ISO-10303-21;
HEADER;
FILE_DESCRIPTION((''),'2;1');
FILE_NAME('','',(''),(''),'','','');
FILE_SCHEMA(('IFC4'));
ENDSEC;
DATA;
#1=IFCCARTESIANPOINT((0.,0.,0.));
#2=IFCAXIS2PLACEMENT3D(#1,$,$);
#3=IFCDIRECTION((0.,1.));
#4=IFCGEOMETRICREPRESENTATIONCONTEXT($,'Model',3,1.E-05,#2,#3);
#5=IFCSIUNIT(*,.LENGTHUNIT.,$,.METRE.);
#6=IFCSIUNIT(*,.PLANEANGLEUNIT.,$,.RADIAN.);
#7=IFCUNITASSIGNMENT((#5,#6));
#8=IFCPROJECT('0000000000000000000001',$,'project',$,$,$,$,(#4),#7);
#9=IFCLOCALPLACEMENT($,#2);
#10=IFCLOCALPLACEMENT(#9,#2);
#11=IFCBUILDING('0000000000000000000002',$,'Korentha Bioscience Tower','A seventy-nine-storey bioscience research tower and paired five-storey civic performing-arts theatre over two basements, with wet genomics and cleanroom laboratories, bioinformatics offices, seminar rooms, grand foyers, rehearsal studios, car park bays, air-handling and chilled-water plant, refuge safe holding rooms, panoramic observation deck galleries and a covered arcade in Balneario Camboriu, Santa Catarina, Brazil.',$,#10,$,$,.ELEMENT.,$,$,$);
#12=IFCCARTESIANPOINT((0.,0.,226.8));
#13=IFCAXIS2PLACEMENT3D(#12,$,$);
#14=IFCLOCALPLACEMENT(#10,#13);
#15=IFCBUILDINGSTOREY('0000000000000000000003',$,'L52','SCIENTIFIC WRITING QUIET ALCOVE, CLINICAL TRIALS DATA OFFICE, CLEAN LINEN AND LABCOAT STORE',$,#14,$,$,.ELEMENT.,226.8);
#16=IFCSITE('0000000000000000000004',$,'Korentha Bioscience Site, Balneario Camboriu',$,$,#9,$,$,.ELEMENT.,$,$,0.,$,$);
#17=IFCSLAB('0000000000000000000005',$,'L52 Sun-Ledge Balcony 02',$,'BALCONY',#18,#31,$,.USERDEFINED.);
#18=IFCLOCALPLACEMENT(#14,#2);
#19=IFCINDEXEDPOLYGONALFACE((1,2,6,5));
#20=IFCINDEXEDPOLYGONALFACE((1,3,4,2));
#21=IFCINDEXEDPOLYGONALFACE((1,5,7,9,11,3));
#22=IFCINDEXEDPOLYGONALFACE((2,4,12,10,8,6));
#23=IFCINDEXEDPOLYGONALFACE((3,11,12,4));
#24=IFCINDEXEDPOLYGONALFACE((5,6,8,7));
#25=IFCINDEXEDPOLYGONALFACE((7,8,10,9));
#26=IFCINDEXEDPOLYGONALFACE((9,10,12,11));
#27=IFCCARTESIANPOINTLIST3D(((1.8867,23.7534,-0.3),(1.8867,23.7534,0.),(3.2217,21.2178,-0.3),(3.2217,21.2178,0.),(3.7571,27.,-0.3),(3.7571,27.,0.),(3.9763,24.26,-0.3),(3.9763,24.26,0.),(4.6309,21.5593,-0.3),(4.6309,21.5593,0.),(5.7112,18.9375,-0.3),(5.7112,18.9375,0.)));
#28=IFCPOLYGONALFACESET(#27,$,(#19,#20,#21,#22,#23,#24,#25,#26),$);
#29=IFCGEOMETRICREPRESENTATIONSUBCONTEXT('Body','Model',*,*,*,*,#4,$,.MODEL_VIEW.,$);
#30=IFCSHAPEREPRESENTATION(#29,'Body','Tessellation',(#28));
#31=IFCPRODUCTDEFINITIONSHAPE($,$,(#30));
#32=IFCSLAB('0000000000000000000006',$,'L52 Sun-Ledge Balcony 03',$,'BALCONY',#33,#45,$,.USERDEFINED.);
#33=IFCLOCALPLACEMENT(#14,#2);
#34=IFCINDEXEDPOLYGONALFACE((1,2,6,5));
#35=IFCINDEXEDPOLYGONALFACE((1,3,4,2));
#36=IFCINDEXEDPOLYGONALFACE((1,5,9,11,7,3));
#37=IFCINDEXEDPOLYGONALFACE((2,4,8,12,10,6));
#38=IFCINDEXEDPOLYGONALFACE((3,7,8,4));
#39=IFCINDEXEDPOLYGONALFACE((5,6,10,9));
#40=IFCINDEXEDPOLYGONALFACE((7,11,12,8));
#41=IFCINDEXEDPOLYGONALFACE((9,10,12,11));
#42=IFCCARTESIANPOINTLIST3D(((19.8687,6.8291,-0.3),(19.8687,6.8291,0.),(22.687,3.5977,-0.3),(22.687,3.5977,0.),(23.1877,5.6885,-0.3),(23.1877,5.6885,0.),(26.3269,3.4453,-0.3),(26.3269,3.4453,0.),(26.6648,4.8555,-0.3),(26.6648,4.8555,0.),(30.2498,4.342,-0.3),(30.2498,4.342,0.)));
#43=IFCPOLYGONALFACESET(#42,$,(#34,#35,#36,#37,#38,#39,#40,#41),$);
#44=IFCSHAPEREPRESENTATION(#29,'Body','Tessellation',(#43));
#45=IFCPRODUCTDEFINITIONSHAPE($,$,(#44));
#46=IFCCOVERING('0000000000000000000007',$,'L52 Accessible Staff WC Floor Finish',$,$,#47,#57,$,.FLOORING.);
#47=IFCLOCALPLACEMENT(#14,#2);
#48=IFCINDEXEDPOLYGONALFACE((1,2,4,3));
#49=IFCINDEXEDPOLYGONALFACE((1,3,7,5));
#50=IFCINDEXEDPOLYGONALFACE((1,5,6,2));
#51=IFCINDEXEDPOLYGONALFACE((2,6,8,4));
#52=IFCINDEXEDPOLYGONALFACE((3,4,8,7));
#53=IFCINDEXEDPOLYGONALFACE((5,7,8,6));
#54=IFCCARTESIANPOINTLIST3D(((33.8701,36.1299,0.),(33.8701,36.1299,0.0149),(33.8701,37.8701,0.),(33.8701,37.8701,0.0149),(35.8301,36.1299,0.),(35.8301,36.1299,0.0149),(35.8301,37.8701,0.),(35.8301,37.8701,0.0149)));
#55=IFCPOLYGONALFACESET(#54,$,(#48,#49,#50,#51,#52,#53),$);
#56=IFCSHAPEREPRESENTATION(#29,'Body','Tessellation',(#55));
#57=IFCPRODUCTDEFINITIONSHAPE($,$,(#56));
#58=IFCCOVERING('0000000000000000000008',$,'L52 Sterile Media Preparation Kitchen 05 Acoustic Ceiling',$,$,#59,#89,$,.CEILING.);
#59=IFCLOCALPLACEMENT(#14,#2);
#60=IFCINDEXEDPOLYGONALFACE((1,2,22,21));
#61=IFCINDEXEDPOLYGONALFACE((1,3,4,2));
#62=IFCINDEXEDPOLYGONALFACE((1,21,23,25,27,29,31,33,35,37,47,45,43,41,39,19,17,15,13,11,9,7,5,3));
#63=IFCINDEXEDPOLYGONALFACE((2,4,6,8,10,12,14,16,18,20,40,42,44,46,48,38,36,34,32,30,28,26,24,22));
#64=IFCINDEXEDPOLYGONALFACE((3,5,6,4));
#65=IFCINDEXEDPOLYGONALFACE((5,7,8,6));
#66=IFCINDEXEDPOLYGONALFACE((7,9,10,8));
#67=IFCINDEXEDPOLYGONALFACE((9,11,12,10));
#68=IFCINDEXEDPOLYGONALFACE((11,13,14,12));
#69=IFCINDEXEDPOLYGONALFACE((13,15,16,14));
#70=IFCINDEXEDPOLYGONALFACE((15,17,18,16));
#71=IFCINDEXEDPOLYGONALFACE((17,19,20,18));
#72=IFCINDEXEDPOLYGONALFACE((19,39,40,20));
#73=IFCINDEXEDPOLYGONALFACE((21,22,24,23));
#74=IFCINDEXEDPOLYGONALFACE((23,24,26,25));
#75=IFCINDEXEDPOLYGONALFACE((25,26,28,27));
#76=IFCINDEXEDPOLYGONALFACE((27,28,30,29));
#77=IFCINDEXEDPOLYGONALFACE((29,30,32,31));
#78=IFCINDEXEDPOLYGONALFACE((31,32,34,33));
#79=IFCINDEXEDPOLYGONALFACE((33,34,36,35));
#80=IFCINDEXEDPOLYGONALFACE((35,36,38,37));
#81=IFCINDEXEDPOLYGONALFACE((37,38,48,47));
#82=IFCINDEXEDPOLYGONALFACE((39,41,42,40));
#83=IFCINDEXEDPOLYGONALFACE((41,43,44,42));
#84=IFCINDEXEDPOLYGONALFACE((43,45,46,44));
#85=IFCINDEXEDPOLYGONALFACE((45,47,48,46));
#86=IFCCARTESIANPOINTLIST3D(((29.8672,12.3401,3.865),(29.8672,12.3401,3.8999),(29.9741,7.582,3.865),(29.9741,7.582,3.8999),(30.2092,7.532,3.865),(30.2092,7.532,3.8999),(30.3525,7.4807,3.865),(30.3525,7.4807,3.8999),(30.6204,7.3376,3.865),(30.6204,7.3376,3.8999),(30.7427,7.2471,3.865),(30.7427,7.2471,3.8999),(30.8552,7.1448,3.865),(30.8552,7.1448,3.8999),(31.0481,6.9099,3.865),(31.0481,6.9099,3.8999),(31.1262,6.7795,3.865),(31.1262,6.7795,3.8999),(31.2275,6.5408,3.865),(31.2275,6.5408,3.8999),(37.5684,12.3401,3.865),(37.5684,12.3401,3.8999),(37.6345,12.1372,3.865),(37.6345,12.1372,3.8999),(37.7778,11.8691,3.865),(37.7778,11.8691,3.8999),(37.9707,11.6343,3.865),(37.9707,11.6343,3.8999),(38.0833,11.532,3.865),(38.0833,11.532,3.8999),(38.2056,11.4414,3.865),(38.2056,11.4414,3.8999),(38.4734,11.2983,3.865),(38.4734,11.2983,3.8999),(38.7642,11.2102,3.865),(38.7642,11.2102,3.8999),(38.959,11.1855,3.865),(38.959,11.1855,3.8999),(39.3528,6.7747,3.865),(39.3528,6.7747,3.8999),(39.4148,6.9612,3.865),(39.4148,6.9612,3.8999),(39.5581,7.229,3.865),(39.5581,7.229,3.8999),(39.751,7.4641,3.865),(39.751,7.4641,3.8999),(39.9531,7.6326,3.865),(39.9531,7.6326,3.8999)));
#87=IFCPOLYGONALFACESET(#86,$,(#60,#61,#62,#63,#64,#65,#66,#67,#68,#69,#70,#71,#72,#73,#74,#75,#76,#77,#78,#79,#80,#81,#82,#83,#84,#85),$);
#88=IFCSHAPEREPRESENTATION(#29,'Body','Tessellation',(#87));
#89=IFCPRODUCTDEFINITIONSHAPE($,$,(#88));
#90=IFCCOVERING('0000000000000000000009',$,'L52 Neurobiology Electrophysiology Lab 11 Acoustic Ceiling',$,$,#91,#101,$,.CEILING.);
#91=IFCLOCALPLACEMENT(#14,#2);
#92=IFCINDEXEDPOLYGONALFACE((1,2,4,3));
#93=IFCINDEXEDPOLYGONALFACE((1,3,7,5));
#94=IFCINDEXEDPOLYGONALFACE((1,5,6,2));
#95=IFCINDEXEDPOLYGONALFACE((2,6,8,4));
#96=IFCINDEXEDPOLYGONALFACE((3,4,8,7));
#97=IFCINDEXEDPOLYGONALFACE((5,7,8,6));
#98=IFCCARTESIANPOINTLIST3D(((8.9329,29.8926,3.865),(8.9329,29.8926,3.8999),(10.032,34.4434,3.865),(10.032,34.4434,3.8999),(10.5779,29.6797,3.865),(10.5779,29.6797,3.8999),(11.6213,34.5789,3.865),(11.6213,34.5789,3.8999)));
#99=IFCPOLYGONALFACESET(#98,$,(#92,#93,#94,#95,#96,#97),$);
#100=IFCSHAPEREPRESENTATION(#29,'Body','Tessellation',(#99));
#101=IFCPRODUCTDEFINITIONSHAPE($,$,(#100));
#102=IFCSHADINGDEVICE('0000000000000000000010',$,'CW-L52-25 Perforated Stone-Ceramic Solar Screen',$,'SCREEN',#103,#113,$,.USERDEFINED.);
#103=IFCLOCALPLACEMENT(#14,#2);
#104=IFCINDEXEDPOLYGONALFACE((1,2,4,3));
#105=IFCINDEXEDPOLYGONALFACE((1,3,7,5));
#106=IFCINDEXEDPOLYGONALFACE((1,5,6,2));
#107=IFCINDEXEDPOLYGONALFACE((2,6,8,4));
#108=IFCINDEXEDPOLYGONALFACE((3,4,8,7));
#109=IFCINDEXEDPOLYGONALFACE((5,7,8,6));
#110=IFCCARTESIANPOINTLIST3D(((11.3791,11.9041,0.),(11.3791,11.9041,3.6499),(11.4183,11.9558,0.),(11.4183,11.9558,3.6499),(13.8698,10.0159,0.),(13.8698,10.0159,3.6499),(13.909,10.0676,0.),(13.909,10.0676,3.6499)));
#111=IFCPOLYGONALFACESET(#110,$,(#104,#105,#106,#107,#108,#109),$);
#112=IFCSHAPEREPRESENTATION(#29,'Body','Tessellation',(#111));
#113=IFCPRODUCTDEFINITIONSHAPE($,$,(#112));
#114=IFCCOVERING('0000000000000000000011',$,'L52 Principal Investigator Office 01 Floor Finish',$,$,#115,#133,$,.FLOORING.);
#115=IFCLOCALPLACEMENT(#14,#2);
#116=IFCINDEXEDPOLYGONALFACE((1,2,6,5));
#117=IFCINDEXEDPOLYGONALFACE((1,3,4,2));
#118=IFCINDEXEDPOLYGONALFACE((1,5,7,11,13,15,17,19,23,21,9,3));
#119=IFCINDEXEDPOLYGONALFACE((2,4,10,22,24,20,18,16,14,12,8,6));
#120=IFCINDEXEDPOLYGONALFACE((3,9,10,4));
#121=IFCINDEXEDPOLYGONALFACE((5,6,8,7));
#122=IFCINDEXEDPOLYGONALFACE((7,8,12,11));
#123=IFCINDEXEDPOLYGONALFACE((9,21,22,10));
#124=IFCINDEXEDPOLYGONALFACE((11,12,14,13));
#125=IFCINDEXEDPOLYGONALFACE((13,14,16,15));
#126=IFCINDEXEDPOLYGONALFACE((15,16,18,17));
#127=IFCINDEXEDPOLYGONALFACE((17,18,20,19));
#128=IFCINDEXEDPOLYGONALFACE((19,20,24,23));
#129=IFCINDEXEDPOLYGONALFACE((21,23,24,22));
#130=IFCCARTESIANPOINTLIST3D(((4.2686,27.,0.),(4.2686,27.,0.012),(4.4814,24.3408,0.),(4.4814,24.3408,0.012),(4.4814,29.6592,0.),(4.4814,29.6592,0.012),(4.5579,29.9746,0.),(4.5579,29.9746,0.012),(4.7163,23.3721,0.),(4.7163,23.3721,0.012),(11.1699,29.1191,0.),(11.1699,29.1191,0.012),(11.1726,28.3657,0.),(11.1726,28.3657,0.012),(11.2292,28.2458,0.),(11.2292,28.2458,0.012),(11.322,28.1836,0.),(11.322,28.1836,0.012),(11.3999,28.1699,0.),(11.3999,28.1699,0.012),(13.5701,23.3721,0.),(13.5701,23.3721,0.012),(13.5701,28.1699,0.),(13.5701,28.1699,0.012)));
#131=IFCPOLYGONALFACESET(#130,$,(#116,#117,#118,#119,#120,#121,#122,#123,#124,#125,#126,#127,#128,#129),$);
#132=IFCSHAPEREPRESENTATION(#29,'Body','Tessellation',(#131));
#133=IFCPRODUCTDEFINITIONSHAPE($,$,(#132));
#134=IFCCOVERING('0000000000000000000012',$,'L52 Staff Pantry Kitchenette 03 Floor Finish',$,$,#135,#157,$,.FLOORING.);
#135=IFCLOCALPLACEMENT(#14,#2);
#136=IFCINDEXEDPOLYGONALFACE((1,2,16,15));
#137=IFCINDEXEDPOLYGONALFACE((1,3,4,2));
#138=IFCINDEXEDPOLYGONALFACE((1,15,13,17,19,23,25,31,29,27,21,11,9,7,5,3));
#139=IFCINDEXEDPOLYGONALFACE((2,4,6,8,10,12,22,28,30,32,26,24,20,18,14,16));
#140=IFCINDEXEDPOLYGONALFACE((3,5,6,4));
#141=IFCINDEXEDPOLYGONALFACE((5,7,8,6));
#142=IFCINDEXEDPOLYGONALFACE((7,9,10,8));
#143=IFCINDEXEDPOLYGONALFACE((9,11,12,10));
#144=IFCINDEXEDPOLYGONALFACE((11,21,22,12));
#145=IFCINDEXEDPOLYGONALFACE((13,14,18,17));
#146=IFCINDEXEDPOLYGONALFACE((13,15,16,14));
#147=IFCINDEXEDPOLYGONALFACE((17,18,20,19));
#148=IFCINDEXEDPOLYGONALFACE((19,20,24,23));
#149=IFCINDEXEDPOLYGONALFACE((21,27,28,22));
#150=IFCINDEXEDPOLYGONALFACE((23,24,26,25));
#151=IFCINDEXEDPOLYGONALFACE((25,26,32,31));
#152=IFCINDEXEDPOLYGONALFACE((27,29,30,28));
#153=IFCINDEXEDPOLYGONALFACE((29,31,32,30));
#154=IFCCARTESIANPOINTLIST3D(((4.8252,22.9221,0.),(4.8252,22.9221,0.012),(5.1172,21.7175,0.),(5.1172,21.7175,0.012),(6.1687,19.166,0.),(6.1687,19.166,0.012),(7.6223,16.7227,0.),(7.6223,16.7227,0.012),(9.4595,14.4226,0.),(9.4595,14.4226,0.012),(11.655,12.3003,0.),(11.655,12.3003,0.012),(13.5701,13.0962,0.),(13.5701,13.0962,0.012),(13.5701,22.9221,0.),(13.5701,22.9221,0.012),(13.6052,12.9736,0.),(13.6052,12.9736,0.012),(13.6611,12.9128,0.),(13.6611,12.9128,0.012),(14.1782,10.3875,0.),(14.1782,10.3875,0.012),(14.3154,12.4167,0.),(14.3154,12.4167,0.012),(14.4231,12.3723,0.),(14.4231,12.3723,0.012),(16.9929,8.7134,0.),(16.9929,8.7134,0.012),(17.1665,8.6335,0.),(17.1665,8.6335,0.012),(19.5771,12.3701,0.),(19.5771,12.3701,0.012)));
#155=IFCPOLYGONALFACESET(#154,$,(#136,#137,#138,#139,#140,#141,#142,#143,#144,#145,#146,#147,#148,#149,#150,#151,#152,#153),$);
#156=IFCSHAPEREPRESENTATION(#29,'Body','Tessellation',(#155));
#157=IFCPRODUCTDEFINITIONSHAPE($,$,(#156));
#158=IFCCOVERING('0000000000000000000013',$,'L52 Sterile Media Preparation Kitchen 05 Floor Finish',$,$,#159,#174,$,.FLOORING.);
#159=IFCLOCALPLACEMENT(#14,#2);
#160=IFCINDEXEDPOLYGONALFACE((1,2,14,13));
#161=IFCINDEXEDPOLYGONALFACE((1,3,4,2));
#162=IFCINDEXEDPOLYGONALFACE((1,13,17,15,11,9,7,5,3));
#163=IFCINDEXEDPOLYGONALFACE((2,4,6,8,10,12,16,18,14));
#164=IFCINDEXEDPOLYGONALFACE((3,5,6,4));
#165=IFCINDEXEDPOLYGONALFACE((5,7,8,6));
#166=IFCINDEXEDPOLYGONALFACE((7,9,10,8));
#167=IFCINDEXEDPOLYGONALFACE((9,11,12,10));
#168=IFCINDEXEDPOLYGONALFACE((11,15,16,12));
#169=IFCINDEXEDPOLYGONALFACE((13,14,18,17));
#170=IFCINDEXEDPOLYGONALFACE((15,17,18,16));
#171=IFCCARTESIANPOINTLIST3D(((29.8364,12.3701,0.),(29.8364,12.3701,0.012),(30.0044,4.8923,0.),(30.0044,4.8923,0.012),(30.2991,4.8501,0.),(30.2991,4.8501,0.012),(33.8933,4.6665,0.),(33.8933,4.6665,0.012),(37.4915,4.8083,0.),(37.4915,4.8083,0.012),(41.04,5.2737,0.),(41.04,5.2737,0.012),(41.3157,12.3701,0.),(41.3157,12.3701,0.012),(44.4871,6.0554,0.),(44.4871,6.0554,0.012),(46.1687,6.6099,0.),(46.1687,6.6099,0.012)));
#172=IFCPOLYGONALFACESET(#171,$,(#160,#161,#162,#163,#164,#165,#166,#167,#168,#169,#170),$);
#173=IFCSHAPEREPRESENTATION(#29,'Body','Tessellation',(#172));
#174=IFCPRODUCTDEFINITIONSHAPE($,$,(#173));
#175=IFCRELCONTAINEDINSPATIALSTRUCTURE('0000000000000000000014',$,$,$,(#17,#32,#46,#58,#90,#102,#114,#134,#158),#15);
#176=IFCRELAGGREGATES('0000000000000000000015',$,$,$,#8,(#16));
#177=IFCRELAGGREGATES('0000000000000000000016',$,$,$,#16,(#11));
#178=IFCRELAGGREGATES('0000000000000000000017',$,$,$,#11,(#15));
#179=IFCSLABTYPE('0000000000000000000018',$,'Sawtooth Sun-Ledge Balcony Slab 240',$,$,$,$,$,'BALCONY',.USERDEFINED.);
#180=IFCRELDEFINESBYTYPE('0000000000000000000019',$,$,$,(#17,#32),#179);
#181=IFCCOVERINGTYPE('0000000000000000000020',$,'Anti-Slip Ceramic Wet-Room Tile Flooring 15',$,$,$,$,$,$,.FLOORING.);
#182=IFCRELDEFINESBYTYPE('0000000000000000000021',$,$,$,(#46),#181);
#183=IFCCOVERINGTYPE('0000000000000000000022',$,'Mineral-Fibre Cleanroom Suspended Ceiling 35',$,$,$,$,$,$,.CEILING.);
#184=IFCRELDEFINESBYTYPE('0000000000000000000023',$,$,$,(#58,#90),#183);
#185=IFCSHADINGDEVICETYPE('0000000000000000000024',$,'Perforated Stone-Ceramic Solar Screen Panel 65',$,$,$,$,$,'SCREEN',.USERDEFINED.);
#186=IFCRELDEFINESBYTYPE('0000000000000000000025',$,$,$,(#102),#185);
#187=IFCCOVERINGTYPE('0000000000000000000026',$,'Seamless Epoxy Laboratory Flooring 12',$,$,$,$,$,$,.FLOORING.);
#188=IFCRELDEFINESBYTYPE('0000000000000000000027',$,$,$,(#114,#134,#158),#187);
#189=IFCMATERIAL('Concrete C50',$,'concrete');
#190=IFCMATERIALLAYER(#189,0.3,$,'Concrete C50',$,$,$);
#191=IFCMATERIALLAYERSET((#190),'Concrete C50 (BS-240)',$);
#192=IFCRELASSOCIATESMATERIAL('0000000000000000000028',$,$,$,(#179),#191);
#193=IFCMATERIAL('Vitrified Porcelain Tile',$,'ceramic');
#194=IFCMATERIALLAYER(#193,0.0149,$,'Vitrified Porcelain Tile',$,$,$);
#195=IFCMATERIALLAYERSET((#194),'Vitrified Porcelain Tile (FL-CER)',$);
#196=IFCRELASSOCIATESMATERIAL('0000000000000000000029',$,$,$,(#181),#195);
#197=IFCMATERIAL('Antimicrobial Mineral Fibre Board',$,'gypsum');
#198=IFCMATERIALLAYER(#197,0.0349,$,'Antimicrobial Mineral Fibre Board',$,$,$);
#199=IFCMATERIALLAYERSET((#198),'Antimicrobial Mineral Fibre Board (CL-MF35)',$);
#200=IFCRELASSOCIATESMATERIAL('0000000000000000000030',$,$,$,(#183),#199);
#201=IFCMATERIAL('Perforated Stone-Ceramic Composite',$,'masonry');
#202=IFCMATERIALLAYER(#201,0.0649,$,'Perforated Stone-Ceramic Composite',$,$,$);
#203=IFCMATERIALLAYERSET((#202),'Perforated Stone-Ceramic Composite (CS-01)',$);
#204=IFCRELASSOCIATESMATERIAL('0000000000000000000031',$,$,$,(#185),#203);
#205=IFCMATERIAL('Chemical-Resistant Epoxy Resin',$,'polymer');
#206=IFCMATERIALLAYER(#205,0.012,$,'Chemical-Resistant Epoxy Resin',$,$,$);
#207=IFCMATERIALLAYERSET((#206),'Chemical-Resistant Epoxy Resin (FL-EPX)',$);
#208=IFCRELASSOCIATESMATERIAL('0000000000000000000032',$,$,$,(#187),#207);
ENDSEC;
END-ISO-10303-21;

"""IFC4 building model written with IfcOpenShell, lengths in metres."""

from ifc_helpers import new_model, si_unit, direction, frame, origin, origin_2d, place, context, subcontext, project, spatial, polyline, rectangle, outline, extrude, material, layer, layer_set, type_object, element, save


model = new_model("IFC4")

# Units and contexts
model_context = context("Model", 3, precision=1e-05, world=origin(), true_north=direction((0.0, 1.0)))
body_context = subcontext(model_context, "Body", "Model", "MODEL_VIEW")
ifc_project = project(units=[si_unit("LENGTHUNIT", "METRE"), si_unit("PLANEANGLEUNIT", "RADIAN")], contexts=[model_context])

# Site, building, storey
site_placement = place(None, origin())
site = spatial("IfcSite", under=ifc_project, at=site_placement, Name="Korentha Bioscience Site, Balneario Camboriu", CompositionType="ELEMENT", RefElevation=0.0)
building_placement = place(site_placement, origin())
building = spatial("IfcBuilding", under=site, at=building_placement, Name="Korentha Bioscience Tower", Description="A seventy-nine-storey bioscience research tower and paired five-storey civic performing-arts theatre over two basements, with wet genomics and cleanroom laboratories, bioinformatics offices, seminar rooms, grand foyers, rehearsal studios, car park bays, air-handling and chilled-water plant, refuge safe holding rooms, panoramic observation deck galleries and a covered arcade in Balneario Camboriu, Santa Catarina, Brazil.", CompositionType="ELEMENT")
storey_placement = place(building_placement, frame((0.0, 0.0, 226.8)))
storey = spatial("IfcBuildingStorey", under=building, at=storey_placement, Name="L52", Description="SCIENTIFIC WRITING QUIET ALCOVE, CLINICAL TRIALS DATA OFFICE, CLEAN LINEN AND LABCOAT STORE", CompositionType="ELEMENT", Elevation=226.8)

# Shared definitions
ifc_material_1 = material(Name="Concrete C50", Category="concrete")

# Slabs
ifc_layer_1 = layer(ifc_material_1, 0.3, Name="Concrete C50")
ifc_layer_set_1 = layer_set([ifc_layer_1], Name="Concrete C50 (BS-240)")
slab_type_1 = type_object("IfcSlabType", Name="Sawtooth Sun-Ledge Balcony Slab 240", ElementType="BALCONY", PredefinedType="USERDEFINED", material=ifc_layer_set_1)
slab_1_placement = place(storey_placement, frame((0.0, 0.0, -0.3)))
element("IfcSlab", 1, at=slab_1_placement, inside=storey, type_object=slab_type_1, Name="L52 Sun-Ledge Balcony 02", ObjectType="BALCONY", PredefinedType="USERDEFINED", context=body_context, shape_type="SweptSolid", body=[
    extrude(outline(polyline([(5.7112, 18.9375), (4.6309, 21.5593), (3.9763, 24.26), (3.7571, 27.0), (1.8867, 23.7534), (3.2217, 21.2178), (5.7112, 18.9375)])), origin(), (0.0, 0.0, 1.0), 0.3),
])
slab_2_placement = place(storey_placement, frame((0.0, 0.0, -0.3)))
element("IfcSlab", 2, at=slab_2_placement, inside=storey, type_object=slab_type_1, Name="L52 Sun-Ledge Balcony 03", ObjectType="BALCONY", PredefinedType="USERDEFINED", context=body_context, shape_type="SweptSolid", body=[
    extrude(outline(polyline([(30.2498, 4.342), (26.6648, 4.8555), (23.1877, 5.6885), (19.8687, 6.8291), (22.687, 3.5977), (26.3269, 3.4453), (30.2498, 4.342)])), origin(), (0.0, 0.0, 1.0), 0.3),
])

# Coverings
ifc_material_2 = material(Name="Vitrified Porcelain Tile", Category="ceramic")
ifc_layer_2 = layer(ifc_material_2, 0.0149, Name="Vitrified Porcelain Tile")
ifc_layer_set_2 = layer_set([ifc_layer_2], Name="Vitrified Porcelain Tile (FL-CER)")
covering_type_1 = type_object("IfcCoveringType", Name="Anti-Slip Ceramic Wet-Room Tile Flooring 15", PredefinedType="FLOORING", material=ifc_layer_set_2)
covering_1_placement = place(storey_placement, origin())
element("IfcCovering", 3, at=covering_1_placement, inside=storey, type_object=covering_type_1, Name="L52 Accessible Staff WC Floor Finish", PredefinedType="FLOORING", context=body_context, shape_type="SweptSolid", body=[
    extrude(outline(polyline([(33.8701, 36.1299), (33.8701, 37.8701), (35.8301, 37.8701), (35.8301, 36.1299), (33.8701, 36.1299)])), origin(), (0.0, 0.0, 1.0), 0.0149),
])
ifc_material_3 = material(Name="Antimicrobial Mineral Fibre Board", Category="gypsum")
ifc_layer_3 = layer(ifc_material_3, 0.0349, Name="Antimicrobial Mineral Fibre Board")
ifc_layer_set_3 = layer_set([ifc_layer_3], Name="Antimicrobial Mineral Fibre Board (CL-MF35)")
covering_type_2 = type_object("IfcCoveringType", Name="Mineral-Fibre Cleanroom Suspended Ceiling 35", PredefinedType="CEILING", material=ifc_layer_set_3)
covering_2_placement = place(storey_placement, frame((0.0, 0.0, 3.865)))
element("IfcCovering", 4, at=covering_2_placement, inside=storey, type_object=covering_type_2, Name="L52 Sterile Media Preparation Kitchen 05 Acoustic Ceiling", PredefinedType="CEILING", context=body_context, shape_type="SweptSolid", body=[
    extrude(outline(polyline([(39.9531, 7.6326), (39.751, 7.4641), (39.5581, 7.229), (39.4148, 6.9612), (39.3528, 6.7747), (31.2275, 6.5408), (31.1262, 6.7795), (31.0481, 6.9099), (30.8552, 7.1448), (30.7427, 7.2471), (30.6204, 7.3376), (30.3525, 7.4807), (30.2092, 7.532), (29.9741, 7.582), (29.8672, 12.3401), (37.5684, 12.3401), (37.6345, 12.1372), (37.7778, 11.8691), (37.9707, 11.6343), (38.0833, 11.532), (38.2056, 11.4414), (38.4734, 11.2983), (38.7642, 11.2102), (38.959, 11.1855), (39.9531, 7.6326)])), origin(), (0.0, 0.0, 1.0), 0.0349),
])
covering_3_placement = place(storey_placement, frame((0.0, 0.0, 3.865)))
element("IfcCovering", 5, at=covering_3_placement, inside=storey, type_object=covering_type_2, Name="L52 Neurobiology Electrophysiology Lab 11 Acoustic Ceiling", PredefinedType="CEILING", context=body_context, shape_type="SweptSolid", body=[
    extrude(outline(polyline([(10.032, 34.4434), (11.6213, 34.5789), (10.5779, 29.6797), (8.9329, 29.8926), (10.032, 34.4434)])), origin(), (0.0, 0.0, 1.0), 0.0349),
])

# Shading device
ifc_material_4 = material(Name="Perforated Stone-Ceramic Composite", Category="masonry")
ifc_layer_4 = layer(ifc_material_4, 0.0649, Name="Perforated Stone-Ceramic Composite")
ifc_layer_set_4 = layer_set([ifc_layer_4], Name="Perforated Stone-Ceramic Composite (CS-01)")
shading_device_type_1 = type_object("IfcShadingDeviceType", Name="Perforated Stone-Ceramic Solar Screen Panel 65", ElementType="SCREEN", PredefinedType="USERDEFINED", material=ifc_layer_set_4)
shading_device_1_placement = place(storey_placement, frame((12.644, 10.9858, 0.0), z_axis=(0.0, 0.0, 1.0), x_axis=(0.796889, -0.604126, 0.0)))
element("IfcShadingDevice", 6, at=shading_device_1_placement, inside=storey, type_object=shading_device_type_1, Name="CW-L52-25 Perforated Stone-Ceramic Solar Screen", ObjectType="SCREEN", PredefinedType="USERDEFINED", context=body_context, shape_type="SweptSolid", body=[
    extrude(rectangle(XDim=3.1255, YDim=0.0649, at=origin_2d()), origin(), (0.0, 0.0, 1.0), 3.6499),
])

# Coverings
ifc_material_5 = material(Name="Chemical-Resistant Epoxy Resin", Category="polymer")
ifc_layer_5 = layer(ifc_material_5, 0.012, Name="Chemical-Resistant Epoxy Resin")
ifc_layer_set_5 = layer_set([ifc_layer_5], Name="Chemical-Resistant Epoxy Resin (FL-EPX)")
covering_type_3 = type_object("IfcCoveringType", Name="Seamless Epoxy Laboratory Flooring 12", PredefinedType="FLOORING", material=ifc_layer_set_5)
covering_4_placement = place(storey_placement, origin())
element("IfcCovering", 7, at=covering_4_placement, inside=storey, type_object=covering_type_3, Name="L52 Principal Investigator Office 01 Floor Finish", PredefinedType="FLOORING", context=body_context, shape_type="SweptSolid", body=[
    extrude(outline(polyline([(11.1699, 29.1191), (11.1726, 28.3657), (11.2292, 28.2458), (11.322, 28.1836), (11.3999, 28.1699), (13.5701, 28.1699), (13.5701, 23.3721), (4.7163, 23.3721), (4.4814, 24.3408), (4.2686, 27.0), (4.4814, 29.6592), (4.5579, 29.9746), (11.1699, 29.1191)])), origin(), (0.0, 0.0, 1.0), 0.012),
])
covering_5_placement = place(storey_placement, origin())
element("IfcCovering", 8, at=covering_5_placement, inside=storey, type_object=covering_type_3, Name="L52 Staff Pantry Kitchenette 03 Floor Finish", PredefinedType="FLOORING", context=body_context, shape_type="SweptSolid", body=[
    extrude(outline(polyline([(9.4595, 14.4226), (7.6223, 16.7227), (6.1687, 19.166), (5.1172, 21.7175), (4.8252, 22.9221), (13.5701, 22.9221), (13.5701, 13.0962), (13.6052, 12.9736), (13.6611, 12.9128), (14.3154, 12.4167), (14.4231, 12.3723), (19.5771, 12.3701), (17.1665, 8.6335), (16.9929, 8.7134), (14.1782, 10.3875), (11.655, 12.3003), (9.4595, 14.4226)])), origin(), (0.0, 0.0, 1.0), 0.012),
])
covering_6_placement = place(storey_placement, origin())
element("IfcCovering", 9, at=covering_6_placement, inside=storey, type_object=covering_type_3, Name="L52 Sterile Media Preparation Kitchen 05 Floor Finish", PredefinedType="FLOORING", context=body_context, shape_type="SweptSolid", body=[
    extrude(outline(polyline([(29.8364, 12.3701), (41.3157, 12.3701), (46.1687, 6.6099), (44.4871, 6.0554), (41.04, 5.2737), (37.4915, 4.8083), (33.8933, 4.6665), (30.2991, 4.8501), (30.0044, 4.8923), (29.8364, 12.3701)])), origin(), (0.0, 0.0, 1.0), 0.012),
])

save(model, "model.ifc")
